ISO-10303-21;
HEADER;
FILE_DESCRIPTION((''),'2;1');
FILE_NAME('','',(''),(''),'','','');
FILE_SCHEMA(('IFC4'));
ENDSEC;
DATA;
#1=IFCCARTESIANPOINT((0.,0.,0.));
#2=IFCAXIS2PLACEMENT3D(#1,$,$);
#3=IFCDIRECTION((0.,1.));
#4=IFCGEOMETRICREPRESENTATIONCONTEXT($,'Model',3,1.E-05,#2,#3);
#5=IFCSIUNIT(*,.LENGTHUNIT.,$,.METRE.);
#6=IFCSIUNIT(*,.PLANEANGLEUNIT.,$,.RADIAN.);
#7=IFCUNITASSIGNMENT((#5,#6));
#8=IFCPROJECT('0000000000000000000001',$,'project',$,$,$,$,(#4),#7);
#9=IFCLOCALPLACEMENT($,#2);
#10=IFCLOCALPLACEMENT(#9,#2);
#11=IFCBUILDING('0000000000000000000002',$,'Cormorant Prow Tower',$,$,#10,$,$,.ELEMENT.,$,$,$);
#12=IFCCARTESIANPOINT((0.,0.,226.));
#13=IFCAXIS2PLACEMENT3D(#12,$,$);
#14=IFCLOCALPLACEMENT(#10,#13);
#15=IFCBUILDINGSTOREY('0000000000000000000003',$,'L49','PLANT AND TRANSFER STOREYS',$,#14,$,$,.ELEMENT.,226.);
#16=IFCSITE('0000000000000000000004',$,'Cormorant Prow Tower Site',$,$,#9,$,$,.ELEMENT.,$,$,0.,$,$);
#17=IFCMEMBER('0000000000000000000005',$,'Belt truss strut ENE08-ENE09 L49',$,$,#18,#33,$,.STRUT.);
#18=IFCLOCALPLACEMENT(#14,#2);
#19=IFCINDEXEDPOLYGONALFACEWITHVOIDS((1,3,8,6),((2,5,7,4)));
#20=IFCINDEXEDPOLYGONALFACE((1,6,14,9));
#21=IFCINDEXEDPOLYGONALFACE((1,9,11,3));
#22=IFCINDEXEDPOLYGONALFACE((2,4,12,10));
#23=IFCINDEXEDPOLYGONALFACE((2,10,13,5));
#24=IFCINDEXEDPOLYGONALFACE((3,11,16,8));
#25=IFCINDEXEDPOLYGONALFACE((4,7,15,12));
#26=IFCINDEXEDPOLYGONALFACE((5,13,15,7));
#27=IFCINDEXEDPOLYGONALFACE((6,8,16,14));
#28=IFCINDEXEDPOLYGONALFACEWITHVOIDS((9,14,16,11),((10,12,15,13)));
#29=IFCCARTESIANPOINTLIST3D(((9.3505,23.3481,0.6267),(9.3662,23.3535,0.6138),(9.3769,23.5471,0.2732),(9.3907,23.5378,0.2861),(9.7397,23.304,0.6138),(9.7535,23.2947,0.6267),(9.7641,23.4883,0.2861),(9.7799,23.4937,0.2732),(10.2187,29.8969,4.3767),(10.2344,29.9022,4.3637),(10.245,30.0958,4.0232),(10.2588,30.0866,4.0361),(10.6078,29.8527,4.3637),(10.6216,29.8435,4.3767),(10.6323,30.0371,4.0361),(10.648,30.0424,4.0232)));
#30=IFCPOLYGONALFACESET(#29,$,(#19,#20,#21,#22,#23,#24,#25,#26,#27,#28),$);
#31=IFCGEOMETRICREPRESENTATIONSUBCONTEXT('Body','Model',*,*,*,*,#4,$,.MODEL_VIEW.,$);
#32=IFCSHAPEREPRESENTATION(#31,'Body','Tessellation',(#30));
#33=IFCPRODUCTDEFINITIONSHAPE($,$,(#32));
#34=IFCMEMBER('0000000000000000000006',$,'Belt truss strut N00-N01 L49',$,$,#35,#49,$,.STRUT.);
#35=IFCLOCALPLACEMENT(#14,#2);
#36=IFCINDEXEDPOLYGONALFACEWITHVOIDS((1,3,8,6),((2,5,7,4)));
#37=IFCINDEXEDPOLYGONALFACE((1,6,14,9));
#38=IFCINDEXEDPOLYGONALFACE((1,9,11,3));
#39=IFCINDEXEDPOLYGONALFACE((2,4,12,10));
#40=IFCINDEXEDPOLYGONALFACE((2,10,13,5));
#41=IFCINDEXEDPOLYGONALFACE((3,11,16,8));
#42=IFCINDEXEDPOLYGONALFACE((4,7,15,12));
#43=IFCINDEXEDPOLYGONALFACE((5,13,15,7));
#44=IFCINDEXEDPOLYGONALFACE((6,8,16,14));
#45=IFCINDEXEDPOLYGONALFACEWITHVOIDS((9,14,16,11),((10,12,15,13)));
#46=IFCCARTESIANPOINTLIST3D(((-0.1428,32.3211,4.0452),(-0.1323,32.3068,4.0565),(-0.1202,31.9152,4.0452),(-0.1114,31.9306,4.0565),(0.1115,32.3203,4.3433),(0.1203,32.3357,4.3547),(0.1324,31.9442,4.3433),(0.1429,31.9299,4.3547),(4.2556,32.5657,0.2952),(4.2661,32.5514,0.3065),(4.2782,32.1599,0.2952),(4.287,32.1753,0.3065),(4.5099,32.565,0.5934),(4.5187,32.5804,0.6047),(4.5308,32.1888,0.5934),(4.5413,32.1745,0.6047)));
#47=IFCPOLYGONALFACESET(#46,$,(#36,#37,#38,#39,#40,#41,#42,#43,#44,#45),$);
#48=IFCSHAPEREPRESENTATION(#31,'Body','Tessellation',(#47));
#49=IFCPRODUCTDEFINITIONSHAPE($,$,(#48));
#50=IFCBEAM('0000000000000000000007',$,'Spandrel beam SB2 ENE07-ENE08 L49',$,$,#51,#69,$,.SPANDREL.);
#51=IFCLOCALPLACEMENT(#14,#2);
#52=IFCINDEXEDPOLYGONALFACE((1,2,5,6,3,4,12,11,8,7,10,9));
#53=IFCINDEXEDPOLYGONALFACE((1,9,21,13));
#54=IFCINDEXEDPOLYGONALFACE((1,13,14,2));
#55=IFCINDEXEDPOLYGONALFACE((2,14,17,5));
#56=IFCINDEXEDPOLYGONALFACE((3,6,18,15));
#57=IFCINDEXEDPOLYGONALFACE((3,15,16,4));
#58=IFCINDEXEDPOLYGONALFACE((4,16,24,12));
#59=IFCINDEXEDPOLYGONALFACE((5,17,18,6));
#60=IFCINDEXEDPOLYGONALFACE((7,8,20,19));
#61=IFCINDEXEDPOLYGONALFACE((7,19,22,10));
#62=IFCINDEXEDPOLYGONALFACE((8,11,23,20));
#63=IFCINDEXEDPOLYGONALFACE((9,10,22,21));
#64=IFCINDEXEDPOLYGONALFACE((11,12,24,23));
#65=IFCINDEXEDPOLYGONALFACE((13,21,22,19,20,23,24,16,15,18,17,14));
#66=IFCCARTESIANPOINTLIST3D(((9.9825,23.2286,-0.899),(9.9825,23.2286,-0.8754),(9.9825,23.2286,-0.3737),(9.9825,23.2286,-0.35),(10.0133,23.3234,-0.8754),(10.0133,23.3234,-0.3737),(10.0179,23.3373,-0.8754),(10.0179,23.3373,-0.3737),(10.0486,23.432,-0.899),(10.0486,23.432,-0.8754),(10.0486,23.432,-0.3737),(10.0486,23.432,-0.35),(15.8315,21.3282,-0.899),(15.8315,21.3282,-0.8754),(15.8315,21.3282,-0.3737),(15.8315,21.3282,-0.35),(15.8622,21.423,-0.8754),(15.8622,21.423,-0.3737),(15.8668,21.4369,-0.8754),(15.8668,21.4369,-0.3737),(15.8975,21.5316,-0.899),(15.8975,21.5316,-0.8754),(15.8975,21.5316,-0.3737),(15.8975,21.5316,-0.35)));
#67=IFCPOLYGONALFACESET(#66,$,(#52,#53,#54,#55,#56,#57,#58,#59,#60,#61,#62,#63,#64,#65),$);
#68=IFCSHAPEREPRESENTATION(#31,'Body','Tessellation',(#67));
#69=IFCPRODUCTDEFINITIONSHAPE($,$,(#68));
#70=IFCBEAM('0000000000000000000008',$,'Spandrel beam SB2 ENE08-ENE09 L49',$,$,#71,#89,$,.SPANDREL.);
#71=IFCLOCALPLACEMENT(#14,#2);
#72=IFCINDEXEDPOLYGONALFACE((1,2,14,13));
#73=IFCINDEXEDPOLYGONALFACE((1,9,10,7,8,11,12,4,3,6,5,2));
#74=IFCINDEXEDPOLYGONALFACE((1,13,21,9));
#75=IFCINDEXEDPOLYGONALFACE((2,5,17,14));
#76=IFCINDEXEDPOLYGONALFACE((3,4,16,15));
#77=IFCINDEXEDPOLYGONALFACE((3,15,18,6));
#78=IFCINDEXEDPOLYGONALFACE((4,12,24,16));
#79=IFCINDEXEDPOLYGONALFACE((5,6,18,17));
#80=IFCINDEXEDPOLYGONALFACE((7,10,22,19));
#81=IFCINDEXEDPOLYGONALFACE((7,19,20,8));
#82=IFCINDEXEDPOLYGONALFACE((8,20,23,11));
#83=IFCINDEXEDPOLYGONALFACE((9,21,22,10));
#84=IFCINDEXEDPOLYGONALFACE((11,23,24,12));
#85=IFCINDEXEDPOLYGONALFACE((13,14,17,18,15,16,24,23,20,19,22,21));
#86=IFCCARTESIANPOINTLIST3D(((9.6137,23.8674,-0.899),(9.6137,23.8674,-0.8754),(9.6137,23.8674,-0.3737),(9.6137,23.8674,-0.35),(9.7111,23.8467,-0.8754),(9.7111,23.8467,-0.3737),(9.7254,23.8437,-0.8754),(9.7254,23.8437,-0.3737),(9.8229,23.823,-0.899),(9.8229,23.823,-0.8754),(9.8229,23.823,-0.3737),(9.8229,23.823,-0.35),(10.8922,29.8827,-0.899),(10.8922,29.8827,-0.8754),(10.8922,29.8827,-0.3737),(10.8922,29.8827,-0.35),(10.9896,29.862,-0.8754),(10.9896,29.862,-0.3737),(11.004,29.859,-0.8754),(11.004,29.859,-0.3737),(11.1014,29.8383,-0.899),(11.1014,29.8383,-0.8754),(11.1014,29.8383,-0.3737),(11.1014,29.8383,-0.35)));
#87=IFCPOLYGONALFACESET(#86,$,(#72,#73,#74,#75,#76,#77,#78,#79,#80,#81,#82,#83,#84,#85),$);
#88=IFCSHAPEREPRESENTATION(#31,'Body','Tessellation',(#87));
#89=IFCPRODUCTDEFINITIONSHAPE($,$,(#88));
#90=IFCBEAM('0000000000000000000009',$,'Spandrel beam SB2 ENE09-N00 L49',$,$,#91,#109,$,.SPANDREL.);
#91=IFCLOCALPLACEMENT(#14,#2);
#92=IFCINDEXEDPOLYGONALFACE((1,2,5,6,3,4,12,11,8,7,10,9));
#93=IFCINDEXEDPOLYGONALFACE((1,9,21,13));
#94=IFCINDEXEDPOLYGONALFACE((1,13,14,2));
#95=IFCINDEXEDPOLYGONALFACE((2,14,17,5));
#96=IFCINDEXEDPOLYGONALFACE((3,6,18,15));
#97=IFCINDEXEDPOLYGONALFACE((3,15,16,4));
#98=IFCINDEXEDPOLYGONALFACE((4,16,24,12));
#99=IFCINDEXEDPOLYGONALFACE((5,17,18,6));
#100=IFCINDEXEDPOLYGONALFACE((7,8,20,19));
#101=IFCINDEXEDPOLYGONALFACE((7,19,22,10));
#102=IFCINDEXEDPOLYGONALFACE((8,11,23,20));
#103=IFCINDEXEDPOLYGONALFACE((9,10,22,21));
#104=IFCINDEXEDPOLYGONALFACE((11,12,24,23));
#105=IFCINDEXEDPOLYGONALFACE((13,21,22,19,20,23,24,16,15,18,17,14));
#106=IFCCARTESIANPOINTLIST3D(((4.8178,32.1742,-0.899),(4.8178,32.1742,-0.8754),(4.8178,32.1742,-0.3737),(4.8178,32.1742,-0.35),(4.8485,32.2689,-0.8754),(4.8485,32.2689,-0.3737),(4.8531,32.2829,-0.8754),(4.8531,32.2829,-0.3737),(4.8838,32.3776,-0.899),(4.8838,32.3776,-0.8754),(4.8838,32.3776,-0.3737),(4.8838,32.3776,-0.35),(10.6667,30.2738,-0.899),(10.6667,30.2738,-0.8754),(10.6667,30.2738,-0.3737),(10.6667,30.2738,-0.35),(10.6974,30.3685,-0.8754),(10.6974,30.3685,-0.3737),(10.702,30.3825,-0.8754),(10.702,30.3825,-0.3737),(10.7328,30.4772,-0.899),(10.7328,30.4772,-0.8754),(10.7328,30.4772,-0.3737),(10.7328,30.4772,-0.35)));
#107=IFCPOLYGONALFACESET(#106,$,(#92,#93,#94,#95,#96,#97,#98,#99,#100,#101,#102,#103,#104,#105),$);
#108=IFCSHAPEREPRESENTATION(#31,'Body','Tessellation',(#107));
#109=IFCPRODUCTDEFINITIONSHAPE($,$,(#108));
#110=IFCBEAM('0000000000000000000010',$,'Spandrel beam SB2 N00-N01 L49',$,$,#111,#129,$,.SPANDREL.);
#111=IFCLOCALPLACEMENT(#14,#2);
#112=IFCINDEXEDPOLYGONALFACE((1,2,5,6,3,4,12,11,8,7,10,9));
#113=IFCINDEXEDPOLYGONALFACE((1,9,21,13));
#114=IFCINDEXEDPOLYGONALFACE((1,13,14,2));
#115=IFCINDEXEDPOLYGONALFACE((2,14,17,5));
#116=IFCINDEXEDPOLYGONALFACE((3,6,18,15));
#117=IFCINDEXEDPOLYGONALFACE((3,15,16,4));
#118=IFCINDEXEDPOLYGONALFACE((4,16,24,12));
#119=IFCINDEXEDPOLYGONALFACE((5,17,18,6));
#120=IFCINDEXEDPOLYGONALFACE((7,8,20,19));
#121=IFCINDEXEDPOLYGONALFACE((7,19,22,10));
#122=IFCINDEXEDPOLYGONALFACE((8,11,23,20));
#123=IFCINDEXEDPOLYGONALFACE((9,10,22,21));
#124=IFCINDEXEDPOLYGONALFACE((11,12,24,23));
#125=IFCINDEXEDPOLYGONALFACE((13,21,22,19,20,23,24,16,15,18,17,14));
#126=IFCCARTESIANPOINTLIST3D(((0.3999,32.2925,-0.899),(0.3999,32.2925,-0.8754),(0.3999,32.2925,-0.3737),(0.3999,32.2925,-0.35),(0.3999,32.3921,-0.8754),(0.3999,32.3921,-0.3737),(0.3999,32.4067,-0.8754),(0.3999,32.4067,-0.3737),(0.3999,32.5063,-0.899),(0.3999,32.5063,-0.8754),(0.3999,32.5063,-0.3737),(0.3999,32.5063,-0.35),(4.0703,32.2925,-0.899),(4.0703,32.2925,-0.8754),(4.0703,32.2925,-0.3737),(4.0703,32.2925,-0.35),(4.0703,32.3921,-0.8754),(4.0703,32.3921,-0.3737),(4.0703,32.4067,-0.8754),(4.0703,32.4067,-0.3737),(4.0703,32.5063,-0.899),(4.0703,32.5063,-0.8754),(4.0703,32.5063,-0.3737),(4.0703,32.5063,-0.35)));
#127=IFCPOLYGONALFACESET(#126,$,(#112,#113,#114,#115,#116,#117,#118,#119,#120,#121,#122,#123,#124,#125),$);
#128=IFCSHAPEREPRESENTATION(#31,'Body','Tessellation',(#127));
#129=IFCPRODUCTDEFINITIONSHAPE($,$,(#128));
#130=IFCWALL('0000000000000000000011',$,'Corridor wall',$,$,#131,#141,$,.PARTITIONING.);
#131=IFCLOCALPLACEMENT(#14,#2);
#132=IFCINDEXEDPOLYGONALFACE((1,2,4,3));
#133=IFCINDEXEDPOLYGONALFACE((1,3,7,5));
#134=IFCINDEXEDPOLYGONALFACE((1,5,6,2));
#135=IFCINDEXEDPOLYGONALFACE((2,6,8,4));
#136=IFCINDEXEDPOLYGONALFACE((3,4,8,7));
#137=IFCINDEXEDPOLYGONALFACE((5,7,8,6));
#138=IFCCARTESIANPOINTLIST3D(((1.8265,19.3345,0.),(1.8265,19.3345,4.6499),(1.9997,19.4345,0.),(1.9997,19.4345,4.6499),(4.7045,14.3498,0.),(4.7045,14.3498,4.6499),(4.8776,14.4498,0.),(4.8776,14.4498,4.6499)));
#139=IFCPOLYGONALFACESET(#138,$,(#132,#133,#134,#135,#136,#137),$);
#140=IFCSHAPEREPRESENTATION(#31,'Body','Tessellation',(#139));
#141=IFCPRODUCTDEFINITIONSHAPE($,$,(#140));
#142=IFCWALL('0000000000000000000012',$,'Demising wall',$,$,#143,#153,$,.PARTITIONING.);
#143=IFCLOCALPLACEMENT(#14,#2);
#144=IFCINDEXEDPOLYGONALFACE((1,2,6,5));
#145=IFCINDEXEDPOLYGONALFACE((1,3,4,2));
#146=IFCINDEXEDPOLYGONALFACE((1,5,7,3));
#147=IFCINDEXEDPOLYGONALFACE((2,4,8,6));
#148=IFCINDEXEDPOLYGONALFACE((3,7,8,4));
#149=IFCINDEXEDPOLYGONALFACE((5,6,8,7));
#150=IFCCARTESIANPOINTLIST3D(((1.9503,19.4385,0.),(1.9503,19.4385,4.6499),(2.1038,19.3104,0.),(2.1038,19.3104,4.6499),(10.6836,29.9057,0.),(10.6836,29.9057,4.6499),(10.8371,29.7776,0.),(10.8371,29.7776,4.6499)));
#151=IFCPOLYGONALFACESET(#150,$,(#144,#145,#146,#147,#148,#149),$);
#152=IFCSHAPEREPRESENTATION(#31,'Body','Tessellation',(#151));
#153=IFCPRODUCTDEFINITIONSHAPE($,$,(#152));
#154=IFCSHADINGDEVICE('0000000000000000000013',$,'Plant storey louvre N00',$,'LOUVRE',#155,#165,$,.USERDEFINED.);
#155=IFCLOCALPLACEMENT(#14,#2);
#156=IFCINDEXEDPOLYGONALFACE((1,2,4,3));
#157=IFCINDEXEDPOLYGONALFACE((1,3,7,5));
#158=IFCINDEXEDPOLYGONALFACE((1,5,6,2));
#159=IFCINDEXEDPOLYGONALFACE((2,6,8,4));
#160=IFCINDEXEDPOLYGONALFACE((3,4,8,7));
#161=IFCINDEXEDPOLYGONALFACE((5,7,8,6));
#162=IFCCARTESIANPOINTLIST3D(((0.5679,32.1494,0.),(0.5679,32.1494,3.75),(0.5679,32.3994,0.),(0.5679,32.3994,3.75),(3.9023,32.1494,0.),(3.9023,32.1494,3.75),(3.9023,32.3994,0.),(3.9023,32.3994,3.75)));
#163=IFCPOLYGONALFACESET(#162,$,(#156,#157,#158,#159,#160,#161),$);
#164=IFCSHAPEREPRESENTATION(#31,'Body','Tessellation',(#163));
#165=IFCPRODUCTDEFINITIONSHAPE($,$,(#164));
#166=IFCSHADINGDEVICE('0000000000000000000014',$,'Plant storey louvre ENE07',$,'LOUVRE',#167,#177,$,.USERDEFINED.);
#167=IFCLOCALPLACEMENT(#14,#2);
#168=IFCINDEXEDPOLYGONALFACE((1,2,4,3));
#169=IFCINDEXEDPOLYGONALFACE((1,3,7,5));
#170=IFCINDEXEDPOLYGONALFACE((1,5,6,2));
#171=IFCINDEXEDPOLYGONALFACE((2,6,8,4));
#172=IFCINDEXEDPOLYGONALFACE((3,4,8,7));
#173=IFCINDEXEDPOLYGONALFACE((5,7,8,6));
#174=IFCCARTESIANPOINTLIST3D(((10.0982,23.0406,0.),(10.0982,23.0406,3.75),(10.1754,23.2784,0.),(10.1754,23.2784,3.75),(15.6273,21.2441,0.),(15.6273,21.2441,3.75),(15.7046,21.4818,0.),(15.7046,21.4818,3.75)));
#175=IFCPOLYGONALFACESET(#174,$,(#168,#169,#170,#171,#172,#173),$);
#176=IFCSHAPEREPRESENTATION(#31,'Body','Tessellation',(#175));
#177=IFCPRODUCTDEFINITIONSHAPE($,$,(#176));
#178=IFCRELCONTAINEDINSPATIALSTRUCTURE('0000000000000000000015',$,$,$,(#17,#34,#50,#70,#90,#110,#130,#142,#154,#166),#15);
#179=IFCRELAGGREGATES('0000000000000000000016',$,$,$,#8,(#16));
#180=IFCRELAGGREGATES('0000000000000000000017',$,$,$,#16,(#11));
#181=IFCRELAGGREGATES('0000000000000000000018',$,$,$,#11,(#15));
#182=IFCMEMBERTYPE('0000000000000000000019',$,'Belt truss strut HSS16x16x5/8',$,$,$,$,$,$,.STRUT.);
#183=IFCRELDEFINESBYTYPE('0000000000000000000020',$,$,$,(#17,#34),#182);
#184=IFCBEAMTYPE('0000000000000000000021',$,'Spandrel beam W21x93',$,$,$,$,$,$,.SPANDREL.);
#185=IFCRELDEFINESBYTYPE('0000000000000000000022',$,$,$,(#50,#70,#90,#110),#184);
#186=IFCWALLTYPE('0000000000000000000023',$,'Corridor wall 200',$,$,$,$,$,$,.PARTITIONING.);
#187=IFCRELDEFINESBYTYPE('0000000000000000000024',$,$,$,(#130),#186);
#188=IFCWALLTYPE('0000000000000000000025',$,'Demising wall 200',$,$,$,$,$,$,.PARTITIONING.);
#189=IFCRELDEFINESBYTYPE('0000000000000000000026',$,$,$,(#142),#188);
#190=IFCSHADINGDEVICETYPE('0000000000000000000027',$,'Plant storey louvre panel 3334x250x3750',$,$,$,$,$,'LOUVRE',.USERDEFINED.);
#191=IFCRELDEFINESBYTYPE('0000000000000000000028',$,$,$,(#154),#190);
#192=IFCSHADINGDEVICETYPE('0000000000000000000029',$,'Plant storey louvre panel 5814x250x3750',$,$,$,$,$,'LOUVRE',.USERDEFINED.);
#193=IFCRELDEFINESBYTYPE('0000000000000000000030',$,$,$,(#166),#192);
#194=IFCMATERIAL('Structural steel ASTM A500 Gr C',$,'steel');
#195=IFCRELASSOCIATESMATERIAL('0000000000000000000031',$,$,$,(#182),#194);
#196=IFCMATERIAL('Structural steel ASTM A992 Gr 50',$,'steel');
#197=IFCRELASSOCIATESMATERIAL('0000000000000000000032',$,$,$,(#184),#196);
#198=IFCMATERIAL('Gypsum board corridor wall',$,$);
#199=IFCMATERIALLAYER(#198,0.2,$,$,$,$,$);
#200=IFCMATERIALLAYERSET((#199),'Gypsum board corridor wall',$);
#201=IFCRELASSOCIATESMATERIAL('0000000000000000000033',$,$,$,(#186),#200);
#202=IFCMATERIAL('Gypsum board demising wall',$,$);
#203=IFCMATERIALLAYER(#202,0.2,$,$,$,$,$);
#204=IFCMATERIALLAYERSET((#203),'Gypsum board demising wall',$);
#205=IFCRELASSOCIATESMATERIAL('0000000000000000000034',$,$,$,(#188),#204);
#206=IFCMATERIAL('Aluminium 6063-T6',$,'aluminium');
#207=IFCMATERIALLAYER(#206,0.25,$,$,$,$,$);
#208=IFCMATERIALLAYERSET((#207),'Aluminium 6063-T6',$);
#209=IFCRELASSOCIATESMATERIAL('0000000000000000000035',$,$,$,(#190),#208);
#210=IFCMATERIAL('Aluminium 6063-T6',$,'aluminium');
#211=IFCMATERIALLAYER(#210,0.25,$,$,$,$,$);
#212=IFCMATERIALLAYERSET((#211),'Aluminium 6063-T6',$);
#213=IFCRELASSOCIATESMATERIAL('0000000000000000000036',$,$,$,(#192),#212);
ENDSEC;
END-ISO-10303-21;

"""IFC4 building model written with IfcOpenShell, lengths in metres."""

from ifc_helpers import new_model, si_unit, direction, frame, frame_2d, origin, origin_2d, place, context, subcontext, project, spatial, rectangle, hollow_rectangle, i_section, extrude, material, layer, layer_set, material_profile, profile_set, type_object, element, save


model = new_model("IFC4")

# Units and contexts
model_context = context("Model", 3, precision=1e-05, world=origin(), true_north=direction((0.0, 1.0)))
body_context = subcontext(model_context, "Body", "Model", "MODEL_VIEW")
ifc_project = project(units=[si_unit("LENGTHUNIT", "METRE"), si_unit("PLANEANGLEUNIT", "RADIAN")], contexts=[model_context])

# Site, building, storey
site_placement = place(None, origin())
site = spatial("IfcSite", under=ifc_project, at=site_placement, Name="Cormorant Prow Tower Site", CompositionType="ELEMENT", RefElevation=0.0)
building_placement = place(site_placement, origin())
building = spatial("IfcBuilding", under=site, at=building_placement, Name="Cormorant Prow Tower", CompositionType="ELEMENT")
storey_placement = place(building_placement, frame((0.0, 0.0, 226.0)))
storey = spatial("IfcBuildingStorey", under=building, at=storey_placement, Name="L49", Description="PLANT AND TRANSFER STOREYS", CompositionType="ELEMENT", Elevation=226.0)

# Members
ifc_material_1 = material(Name="Structural steel ASTM A500 Gr C", Category="steel")
ifc_material_profile_1 = material_profile(ifc_material_1, hollow_rectangle(XDim=0.4065, YDim=0.4065, WallThickness=0.0149, at=origin_2d()), Name="HSS16x16x5/8")
ifc_profile_set_1 = profile_set([ifc_material_profile_1], Name="Structural steel ASTM A500 Gr C")
member_type_1 = type_object("IfcMemberType", Name="Belt truss strut HSS16x16x5/8", PredefinedType="STRUT", material=ifc_profile_set_1)
member_1_placement = place(storey_placement, frame((9.5652, 23.4209, 0.45), z_axis=(0.114288, 0.862111, 0.493663), x_axis=(-0.991327, 0.131418, 0.0)))
element("IfcMember", 1, at=member_1_placement, inside=storey, type_object=member_type_1, Name="Belt truss strut ENE08-ENE09 L49", PredefinedType="STRUT", context=body_context, shape_type="SweptSolid", body=[
    extrude(hollow_rectangle(XDim=0.4065, YDim=0.4065, WallThickness=0.0149, at=origin_2d()), origin(), (0.0, 0.0, 1.0), 7.5962),
])
member_2_placement = place(storey_placement, frame((4.3984, 32.3701, 0.45), z_axis=(-0.760291, -0.042285, 0.648205), x_axis=(0.055531, -0.998457, 0.0)))
element("IfcMember", 2, at=member_2_placement, inside=storey, type_object=member_type_1, Name="Belt truss strut N00-N01 L49", PredefinedType="STRUT", context=body_context, shape_type="SweptSolid", body=[
    extrude(hollow_rectangle(XDim=0.4065, YDim=0.4065, WallThickness=0.0149, at=origin_2d()), origin(), (0.0, 0.0, 1.0), 5.7852),
])

# Beams
ifc_material_2 = material(Name="Structural steel ASTM A992 Gr 50", Category="steel")
ifc_material_profile_2 = material_profile(ifc_material_2, i_section(OverallWidth=0.2139, OverallDepth=0.5491, WebThickness=0.0146, FlangeThickness=0.0237, at=origin_2d()), Name="W21x93")
ifc_profile_set_2 = profile_set([ifc_material_profile_2], Name="Structural steel ASTM A992 Gr 50")
beam_type = type_object("IfcBeamType", Name="Spandrel beam W21x93", PredefinedType="SPANDREL", material=ifc_profile_set_2)
beam_1_placement = place(storey_placement, frame((15.8645, 21.4299, -0.6245), z_axis=(-0.951058, 0.309013, 0.0), x_axis=(-0.309013, -0.951058, 0.0)))
element("IfcBeam", 3, at=beam_1_placement, inside=storey, type_object=beam_type, Name="Spandrel beam SB2 ENE07-ENE08 L49", PredefinedType="SPANDREL", context=body_context, shape_type="SweptSolid", body=[
    extrude(i_section(OverallWidth=0.2139, OverallDepth=0.5491, WebThickness=0.0146, FlangeThickness=0.0237, at=origin_2d()), origin(), (0.0, 0.0, 1.0), 6.1499),
])
beam_2_placement = place(storey_placement, frame((9.7183, 23.8452, -0.6245), z_axis=(0.207905, 0.978149, 0.0), x_axis=(-0.978149, 0.207905, 0.0)))
element("IfcBeam", 4, at=beam_2_placement, inside=storey, type_object=beam_type, Name="Spandrel beam SB2 ENE08-ENE09 L49", PredefinedType="SPANDREL", context=body_context, shape_type="SweptSolid", body=[
    extrude(i_section(OverallWidth=0.2139, OverallDepth=0.5491, WebThickness=0.0146, FlangeThickness=0.0237, at=origin_2d()), origin(), (0.0, 0.0, 1.0), 6.1497),
])
beam_3_placement = place(storey_placement, frame((10.6997, 30.3755, -0.6245), z_axis=(-0.951058, 0.309013, 0.0), x_axis=(-0.309013, -0.951058, 0.0)))
element("IfcBeam", 5, at=beam_3_placement, inside=storey, type_object=beam_type, Name="Spandrel beam SB2 ENE09-N00 L49", PredefinedType="SPANDREL", context=body_context, shape_type="SweptSolid", body=[
    extrude(i_section(OverallWidth=0.2139, OverallDepth=0.5491, WebThickness=0.0146, FlangeThickness=0.0237, at=origin_2d()), origin(), (0.0, 0.0, 1.0), 6.1499),
])
beam_4_placement = place(storey_placement, frame((4.0703, 32.3994, -0.6245), z_axis=(-1.0, 0.0, 0.0), x_axis=(0.0, -1.0, 0.0)))
element("IfcBeam", 6, at=beam_4_placement, inside=storey, type_object=beam_type, Name="Spandrel beam SB2 N00-N01 L49", PredefinedType="SPANDREL", context=body_context, shape_type="SweptSolid", body=[
    extrude(i_section(OverallWidth=0.2139, OverallDepth=0.5491, WebThickness=0.0146, FlangeThickness=0.0237, at=origin_2d()), origin(), (0.0, 0.0, 1.0), 3.6704),
])

# Walls
ifc_material_3 = material(Name="Gypsum board corridor wall")
ifc_layer_1 = layer(ifc_material_3, 0.2)
ifc_layer_set_1 = layer_set([ifc_layer_1], Name="Gypsum board corridor wall")
wall_type_1 = type_object("IfcWallType", Name="Corridor wall 200", PredefinedType="PARTITIONING", material=ifc_layer_set_1)
wall_1_placement = place(storey_placement, frame((1.9131, 19.3845, 0.0), z_axis=(0.0, 0.0, 1.0), x_axis=(0.500008, -0.866021, 0.0)))
element("IfcWall", 7, at=wall_1_placement, inside=storey, type_object=wall_type_1, Name="Corridor wall", PredefinedType="PARTITIONING", context=body_context, shape_type="SweptSolid", body=[
    extrude(rectangle(XDim=5.7559, YDim=0.2, at=frame_2d((2.8779, 0.0))), origin(), (0.0, 0.0, 1.0), 4.6499),
])
ifc_material_4 = material(Name="Gypsum board demising wall")
ifc_layer_2 = layer(ifc_material_4, 0.2)
ifc_layer_set_2 = layer_set([ifc_layer_2], Name="Gypsum board demising wall")
wall_type_2 = type_object("IfcWallType", Name="Demising wall 200", PredefinedType="PARTITIONING", material=ifc_layer_set_2)
wall_2_placement = place(storey_placement, frame((2.0271, 19.3745, 0.0), z_axis=(0.0, 0.0, 1.0), x_axis=(0.640646, 0.767837, 0.0)))
element("IfcWall", 8, at=wall_2_placement, inside=storey, type_object=wall_type_2, Name="Demising wall", PredefinedType="PARTITIONING", context=body_context, shape_type="SweptSolid", body=[
    extrude(rectangle(XDim=13.6321, YDim=0.2, at=frame_2d((6.8159, 0.0))), origin(), (0.0, 0.0, 1.0), 4.6499),
])

# Shading devices
ifc_material_5 = material(Name="Aluminium 6063-T6", Category="aluminium")
ifc_layer_3 = layer(ifc_material_5, 0.25)
ifc_layer_set_3 = layer_set([ifc_layer_3], Name="Aluminium 6063-T6")
shading_device_type_1 = type_object("IfcShadingDeviceType", Name="Plant storey louvre panel 3334x250x3750", ElementType="LOUVRE", PredefinedType="USERDEFINED", material=ifc_layer_set_3)
shading_device_placement = place(storey_placement, frame((2.2351, 32.2744, 0.0), z_axis=(0.0, 0.0, 1.0), x_axis=(-1.0, 0.0, 0.0)))
element("IfcShadingDevice", 9, at=shading_device_placement, inside=storey, type_object=shading_device_type_1, Name="Plant storey louvre N00", ObjectType="LOUVRE", PredefinedType="USERDEFINED", context=body_context, shape_type="SweptSolid", body=[
    extrude(rectangle(XDim=3.3345, YDim=0.25, at=origin_2d()), origin(), (0.0, 0.0, 1.0), 3.75),
])
ifc_material_6 = material(Name="Aluminium 6063-T6", Category="aluminium")
ifc_layer_4 = layer(ifc_material_6, 0.25)
ifc_layer_set_4 = layer_set([ifc_layer_4], Name="Aluminium 6063-T6")
shading_device_type_2 = type_object("IfcShadingDeviceType", Name="Plant storey louvre panel 5814x250x3750", ElementType="LOUVRE", PredefinedType="USERDEFINED", material=ifc_layer_set_4)
for number, where, z_axis, x_axis, name in (
    (10, (12.9014, 22.2612, 0.0), (0.0, 0.0, 1.0), (-0.951057, 0.309017, 0.0), "Plant storey louvre ENE07"),
):
    element("IfcShadingDevice", number, at=place(storey_placement, frame(where, z_axis=z_axis, x_axis=x_axis)), inside=storey, type_object=shading_device_type_2, Name=name, ObjectType="LOUVRE", PredefinedType="USERDEFINED", context=body_context, shape_type="SweptSolid", body=[
        extrude(rectangle(XDim=5.8137, YDim=0.25, at=origin_2d()), origin(), (0.0, 0.0, 1.0), 3.75),
    ])

save(model, "model.ifc")
